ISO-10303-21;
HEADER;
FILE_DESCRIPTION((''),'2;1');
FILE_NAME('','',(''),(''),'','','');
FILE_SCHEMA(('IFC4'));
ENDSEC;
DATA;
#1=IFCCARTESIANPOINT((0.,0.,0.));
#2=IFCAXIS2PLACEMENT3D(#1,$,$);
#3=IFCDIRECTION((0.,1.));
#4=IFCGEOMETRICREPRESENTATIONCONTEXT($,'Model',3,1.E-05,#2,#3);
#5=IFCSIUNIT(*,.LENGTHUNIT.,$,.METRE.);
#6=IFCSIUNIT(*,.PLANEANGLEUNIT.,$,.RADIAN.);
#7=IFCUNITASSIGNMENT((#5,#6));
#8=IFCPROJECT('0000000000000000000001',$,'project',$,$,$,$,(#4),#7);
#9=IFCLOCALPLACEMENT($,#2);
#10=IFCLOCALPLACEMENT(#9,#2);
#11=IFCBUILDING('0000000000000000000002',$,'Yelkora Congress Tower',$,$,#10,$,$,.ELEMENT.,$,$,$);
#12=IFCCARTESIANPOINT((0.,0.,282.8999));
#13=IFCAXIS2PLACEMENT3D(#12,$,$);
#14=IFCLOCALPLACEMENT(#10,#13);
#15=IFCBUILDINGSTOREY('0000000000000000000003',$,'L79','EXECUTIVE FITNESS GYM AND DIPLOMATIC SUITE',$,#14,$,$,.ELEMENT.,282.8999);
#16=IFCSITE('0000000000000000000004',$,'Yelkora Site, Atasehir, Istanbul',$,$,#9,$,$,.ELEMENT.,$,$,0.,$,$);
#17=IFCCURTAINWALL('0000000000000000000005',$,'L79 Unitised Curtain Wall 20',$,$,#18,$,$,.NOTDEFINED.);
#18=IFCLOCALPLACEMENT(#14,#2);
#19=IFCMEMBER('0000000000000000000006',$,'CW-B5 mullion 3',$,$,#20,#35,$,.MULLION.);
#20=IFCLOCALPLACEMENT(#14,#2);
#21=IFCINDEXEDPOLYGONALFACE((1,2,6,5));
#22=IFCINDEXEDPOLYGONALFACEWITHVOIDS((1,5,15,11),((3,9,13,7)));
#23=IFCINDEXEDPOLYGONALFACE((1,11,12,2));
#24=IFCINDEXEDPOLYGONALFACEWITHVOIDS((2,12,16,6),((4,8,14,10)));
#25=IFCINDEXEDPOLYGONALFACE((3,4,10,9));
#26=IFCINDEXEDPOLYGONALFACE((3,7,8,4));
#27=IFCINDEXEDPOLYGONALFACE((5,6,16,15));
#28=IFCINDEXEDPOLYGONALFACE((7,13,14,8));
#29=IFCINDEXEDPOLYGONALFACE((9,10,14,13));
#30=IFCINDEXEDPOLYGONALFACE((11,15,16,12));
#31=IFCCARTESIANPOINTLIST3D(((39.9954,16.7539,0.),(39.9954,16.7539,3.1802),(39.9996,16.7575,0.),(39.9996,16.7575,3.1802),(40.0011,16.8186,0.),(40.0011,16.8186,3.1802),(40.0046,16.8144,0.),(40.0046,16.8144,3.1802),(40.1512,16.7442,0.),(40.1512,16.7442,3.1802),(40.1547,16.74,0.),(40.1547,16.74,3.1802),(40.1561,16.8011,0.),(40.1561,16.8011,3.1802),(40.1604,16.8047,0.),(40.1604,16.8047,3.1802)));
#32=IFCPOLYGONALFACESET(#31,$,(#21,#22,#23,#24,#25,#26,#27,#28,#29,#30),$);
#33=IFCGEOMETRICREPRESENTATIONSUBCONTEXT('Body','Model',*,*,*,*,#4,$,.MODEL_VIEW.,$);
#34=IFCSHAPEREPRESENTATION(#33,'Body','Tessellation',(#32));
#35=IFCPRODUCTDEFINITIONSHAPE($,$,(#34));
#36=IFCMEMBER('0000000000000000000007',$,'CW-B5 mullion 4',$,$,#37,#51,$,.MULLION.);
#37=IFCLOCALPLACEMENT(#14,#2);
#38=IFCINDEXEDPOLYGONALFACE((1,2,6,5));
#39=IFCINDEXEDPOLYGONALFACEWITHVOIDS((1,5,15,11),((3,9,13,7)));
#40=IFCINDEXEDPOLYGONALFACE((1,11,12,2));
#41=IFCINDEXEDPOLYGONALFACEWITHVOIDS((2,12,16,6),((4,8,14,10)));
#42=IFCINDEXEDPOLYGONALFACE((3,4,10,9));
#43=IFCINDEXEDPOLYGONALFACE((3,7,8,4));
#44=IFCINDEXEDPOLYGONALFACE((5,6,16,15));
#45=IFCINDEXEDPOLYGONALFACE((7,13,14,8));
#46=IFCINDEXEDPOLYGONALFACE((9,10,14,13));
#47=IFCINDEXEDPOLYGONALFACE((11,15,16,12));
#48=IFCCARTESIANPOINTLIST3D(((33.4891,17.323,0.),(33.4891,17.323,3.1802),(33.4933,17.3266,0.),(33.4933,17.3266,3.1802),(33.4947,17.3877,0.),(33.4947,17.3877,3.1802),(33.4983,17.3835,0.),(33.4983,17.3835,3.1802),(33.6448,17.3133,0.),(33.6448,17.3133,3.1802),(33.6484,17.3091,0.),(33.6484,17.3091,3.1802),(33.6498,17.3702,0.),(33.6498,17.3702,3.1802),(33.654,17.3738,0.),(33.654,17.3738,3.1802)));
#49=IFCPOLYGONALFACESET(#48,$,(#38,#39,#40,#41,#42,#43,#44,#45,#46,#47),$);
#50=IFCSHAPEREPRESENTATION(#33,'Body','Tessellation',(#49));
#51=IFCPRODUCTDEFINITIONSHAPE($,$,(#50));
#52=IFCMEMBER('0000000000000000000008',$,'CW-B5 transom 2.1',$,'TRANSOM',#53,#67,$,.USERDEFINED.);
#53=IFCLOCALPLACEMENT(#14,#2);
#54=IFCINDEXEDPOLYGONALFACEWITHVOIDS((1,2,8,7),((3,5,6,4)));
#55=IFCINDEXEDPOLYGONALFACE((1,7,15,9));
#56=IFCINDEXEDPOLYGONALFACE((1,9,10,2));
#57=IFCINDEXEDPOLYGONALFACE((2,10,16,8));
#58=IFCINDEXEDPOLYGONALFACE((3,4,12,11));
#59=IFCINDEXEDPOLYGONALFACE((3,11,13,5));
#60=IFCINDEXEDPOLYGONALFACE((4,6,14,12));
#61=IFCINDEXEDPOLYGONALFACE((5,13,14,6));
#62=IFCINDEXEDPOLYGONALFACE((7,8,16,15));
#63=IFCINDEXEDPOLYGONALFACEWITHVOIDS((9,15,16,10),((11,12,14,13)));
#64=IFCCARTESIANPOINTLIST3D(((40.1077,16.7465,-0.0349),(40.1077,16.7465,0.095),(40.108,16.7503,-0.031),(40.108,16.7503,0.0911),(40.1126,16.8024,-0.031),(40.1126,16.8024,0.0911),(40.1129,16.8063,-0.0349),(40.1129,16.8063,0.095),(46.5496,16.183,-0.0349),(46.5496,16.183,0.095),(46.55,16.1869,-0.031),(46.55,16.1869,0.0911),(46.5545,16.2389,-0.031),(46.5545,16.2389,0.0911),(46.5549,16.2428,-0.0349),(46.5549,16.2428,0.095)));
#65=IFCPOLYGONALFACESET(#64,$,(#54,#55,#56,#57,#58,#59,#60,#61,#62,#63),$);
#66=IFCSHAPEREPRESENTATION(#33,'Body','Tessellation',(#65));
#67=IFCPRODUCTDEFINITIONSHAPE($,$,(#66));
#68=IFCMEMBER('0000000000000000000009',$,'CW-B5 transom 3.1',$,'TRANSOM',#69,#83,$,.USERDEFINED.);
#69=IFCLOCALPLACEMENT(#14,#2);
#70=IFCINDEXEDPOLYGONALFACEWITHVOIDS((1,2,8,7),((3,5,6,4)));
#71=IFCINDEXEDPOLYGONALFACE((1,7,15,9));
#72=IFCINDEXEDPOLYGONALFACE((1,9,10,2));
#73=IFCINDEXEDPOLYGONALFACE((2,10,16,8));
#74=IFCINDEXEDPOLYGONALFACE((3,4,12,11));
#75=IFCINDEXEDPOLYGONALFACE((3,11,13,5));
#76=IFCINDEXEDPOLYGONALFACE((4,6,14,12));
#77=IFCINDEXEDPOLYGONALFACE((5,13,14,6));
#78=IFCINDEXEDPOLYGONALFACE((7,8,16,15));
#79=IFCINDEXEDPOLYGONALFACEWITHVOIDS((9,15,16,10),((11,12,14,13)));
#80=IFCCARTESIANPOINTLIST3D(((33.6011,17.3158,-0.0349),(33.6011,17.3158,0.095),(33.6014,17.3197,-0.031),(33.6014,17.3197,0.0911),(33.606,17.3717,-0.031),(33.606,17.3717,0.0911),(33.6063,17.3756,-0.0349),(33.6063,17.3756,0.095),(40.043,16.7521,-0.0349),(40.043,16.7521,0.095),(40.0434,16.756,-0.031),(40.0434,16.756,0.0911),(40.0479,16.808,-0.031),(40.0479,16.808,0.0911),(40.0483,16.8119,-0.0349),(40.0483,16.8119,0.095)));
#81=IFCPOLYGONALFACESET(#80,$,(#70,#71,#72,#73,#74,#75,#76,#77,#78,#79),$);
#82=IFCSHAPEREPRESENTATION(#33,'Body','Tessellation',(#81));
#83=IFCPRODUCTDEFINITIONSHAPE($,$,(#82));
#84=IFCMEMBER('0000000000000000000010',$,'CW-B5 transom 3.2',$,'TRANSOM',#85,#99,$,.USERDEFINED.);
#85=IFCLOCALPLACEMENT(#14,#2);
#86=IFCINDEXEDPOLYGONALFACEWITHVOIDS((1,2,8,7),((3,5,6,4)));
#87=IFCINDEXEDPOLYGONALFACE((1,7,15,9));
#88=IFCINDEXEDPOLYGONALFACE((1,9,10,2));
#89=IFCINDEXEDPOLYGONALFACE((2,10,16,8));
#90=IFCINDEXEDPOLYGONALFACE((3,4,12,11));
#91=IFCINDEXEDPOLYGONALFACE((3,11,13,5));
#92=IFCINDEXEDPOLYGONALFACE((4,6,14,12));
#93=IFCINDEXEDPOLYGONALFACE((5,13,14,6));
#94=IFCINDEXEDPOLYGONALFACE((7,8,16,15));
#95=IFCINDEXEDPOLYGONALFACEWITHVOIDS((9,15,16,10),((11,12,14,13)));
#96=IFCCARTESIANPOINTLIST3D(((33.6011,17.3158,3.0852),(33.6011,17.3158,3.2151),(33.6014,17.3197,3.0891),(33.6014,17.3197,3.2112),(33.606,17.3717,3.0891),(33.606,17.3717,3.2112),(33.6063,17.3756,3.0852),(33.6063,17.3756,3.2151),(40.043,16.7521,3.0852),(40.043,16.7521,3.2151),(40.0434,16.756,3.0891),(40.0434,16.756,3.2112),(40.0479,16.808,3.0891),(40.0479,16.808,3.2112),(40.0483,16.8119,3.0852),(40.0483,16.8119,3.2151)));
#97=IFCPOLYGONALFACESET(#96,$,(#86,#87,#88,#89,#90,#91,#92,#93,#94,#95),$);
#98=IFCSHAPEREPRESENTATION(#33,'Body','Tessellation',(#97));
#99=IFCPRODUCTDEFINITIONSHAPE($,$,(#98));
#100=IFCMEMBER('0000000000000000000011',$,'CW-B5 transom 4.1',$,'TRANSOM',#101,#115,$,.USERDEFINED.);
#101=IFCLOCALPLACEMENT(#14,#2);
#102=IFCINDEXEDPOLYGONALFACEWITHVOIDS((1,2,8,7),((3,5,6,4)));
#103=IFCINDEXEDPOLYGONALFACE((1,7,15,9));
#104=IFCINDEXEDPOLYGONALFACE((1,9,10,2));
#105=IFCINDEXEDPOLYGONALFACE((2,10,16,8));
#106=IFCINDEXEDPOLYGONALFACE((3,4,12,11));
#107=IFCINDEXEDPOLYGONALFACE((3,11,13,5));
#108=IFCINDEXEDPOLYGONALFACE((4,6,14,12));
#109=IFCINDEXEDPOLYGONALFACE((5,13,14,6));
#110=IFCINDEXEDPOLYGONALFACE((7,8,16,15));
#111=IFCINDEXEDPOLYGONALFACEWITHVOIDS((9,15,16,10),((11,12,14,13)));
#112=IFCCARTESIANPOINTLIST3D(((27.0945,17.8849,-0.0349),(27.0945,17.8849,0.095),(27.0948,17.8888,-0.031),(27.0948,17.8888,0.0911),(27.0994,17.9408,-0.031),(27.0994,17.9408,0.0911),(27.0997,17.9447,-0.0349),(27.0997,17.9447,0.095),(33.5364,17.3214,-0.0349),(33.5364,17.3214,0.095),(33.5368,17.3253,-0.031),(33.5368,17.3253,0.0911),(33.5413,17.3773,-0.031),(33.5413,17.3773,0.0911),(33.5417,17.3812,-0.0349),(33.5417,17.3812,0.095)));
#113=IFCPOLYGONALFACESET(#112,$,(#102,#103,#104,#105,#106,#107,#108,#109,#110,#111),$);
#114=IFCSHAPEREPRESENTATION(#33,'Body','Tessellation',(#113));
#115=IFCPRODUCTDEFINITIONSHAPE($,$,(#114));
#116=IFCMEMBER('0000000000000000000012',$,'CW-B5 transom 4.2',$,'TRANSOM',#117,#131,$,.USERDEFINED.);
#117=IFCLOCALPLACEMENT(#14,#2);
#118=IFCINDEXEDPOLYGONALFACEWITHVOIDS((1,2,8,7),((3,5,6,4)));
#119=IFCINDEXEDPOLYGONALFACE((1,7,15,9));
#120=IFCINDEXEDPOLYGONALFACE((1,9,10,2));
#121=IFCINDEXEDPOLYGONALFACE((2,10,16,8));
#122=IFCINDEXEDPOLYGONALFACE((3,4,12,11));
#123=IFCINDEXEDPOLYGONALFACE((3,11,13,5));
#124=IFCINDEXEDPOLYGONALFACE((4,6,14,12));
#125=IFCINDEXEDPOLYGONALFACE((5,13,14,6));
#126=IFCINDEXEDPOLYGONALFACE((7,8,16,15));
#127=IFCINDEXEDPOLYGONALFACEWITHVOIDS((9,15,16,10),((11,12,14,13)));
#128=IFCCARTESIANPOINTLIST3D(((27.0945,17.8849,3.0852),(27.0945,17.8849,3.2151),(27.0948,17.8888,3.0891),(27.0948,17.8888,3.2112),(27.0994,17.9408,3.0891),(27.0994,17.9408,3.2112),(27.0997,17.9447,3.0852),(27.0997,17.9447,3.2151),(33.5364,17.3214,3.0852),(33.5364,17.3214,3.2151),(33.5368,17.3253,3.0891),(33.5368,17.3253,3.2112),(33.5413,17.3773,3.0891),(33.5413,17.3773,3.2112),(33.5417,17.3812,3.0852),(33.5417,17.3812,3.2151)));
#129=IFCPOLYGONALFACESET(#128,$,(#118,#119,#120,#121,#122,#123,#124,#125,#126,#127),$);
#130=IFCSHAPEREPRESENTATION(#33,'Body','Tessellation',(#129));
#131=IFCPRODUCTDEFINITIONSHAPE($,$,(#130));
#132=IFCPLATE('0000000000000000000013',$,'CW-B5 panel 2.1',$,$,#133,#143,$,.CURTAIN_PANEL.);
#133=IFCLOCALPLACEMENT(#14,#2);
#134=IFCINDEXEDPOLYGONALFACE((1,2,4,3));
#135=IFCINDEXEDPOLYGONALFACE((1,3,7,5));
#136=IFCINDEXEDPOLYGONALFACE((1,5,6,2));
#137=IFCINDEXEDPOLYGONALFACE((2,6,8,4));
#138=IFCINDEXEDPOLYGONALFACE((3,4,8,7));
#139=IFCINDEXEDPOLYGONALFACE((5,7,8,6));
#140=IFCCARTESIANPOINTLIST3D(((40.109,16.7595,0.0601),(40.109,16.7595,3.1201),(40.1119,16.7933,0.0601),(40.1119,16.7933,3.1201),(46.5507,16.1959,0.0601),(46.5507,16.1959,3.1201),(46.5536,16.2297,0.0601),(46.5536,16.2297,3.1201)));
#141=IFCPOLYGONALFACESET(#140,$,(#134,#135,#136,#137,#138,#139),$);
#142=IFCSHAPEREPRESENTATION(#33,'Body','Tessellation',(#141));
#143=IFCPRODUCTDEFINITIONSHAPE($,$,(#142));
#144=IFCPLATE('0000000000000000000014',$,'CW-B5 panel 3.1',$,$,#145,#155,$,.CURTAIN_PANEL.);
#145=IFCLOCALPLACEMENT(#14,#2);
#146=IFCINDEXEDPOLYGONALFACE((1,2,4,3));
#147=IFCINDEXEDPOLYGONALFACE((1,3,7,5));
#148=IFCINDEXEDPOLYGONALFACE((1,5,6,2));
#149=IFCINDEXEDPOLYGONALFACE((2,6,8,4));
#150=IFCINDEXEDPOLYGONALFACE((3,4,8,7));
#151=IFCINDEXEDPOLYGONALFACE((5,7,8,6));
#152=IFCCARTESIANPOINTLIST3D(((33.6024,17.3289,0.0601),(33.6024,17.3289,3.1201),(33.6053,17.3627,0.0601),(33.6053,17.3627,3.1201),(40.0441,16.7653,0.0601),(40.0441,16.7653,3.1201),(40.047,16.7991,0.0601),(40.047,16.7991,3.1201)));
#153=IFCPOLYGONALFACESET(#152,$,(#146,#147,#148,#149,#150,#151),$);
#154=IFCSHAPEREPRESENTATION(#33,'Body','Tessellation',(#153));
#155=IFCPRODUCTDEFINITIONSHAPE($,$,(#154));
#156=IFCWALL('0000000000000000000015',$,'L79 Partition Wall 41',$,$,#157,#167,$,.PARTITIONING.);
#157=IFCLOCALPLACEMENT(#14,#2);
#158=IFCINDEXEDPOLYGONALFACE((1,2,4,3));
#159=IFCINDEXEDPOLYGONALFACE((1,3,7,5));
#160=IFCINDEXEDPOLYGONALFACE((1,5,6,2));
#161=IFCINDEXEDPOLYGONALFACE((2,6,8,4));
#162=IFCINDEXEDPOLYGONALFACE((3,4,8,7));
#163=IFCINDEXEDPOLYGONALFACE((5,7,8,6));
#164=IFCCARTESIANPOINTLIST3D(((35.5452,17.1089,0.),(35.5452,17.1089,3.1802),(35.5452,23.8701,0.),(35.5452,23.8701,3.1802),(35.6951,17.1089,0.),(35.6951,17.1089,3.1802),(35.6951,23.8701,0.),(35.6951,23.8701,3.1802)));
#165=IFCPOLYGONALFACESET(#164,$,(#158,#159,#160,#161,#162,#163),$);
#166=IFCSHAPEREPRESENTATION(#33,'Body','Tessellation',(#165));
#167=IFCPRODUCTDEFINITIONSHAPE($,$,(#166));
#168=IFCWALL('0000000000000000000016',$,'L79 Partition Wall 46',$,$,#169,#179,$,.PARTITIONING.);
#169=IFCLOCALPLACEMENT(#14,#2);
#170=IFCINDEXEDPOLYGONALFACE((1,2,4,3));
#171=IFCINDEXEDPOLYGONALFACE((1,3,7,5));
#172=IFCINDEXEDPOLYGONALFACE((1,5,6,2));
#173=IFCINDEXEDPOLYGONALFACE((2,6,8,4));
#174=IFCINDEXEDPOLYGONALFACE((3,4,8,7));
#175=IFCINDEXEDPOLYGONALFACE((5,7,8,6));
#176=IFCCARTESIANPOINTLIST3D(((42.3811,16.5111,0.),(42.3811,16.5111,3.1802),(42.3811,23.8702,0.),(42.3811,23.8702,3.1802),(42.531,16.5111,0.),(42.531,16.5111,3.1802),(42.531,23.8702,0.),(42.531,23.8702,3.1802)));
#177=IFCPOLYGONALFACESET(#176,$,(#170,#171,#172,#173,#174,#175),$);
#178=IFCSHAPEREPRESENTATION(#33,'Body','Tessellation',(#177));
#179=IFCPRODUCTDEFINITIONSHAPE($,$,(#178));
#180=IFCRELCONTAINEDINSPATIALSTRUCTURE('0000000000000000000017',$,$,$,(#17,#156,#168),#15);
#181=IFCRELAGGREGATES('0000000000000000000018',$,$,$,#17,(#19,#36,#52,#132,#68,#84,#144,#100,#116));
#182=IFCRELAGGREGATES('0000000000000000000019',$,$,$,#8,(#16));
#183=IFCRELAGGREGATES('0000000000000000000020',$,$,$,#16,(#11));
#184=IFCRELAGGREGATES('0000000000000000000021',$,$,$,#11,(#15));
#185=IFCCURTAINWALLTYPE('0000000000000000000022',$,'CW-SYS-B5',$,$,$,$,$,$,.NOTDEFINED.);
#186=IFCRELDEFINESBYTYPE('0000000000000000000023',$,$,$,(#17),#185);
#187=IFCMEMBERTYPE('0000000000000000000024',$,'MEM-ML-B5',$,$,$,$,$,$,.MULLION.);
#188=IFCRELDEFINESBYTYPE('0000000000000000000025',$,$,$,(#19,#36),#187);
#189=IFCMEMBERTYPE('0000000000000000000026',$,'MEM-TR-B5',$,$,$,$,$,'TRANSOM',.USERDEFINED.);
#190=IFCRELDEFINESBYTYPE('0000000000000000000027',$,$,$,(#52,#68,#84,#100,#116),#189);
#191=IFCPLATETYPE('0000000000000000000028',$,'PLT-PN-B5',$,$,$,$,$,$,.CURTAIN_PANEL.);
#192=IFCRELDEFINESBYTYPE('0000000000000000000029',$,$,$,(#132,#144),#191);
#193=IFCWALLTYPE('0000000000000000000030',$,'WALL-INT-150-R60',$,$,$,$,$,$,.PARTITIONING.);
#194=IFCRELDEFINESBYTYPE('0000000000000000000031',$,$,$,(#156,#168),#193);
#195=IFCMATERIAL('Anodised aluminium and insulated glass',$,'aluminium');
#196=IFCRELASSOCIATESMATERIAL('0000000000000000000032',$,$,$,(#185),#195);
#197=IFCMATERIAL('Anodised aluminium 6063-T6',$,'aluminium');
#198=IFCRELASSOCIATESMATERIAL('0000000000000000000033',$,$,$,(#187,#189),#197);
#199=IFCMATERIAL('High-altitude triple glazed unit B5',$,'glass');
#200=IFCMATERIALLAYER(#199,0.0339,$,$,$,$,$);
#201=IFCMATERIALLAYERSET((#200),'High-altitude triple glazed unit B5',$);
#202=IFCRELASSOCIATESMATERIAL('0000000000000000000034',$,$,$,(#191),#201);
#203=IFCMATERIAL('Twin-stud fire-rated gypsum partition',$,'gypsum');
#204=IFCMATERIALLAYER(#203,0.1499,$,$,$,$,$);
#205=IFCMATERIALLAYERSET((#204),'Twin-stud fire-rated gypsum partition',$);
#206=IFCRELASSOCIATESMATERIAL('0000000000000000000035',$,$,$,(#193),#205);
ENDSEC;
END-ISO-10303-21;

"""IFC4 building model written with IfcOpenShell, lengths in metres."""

from ifc_helpers import new_model, si_unit, direction, frame, frame_2d, origin, origin_2d, place, context, subcontext, project, spatial, rectangle, hollow_rectangle, extrude, material, layer, layer_set, material_profile, profile_set, type_object, element, aggregate, save


model = new_model("IFC4")

# Units and contexts
model_context = context("Model", 3, precision=1e-05, world=origin(), true_north=direction((0.0, 1.0)))
body_context = subcontext(model_context, "Body", "Model", "MODEL_VIEW")
ifc_project = project(units=[si_unit("LENGTHUNIT", "METRE"), si_unit("PLANEANGLEUNIT", "RADIAN")], contexts=[model_context])

# Site, building, storey
site_placement = place(None, origin())
site = spatial("IfcSite", under=ifc_project, at=site_placement, Name="Yelkora Site, Atasehir, Istanbul", CompositionType="ELEMENT", RefElevation=0.0)
building_placement = place(site_placement, origin())
building = spatial("IfcBuilding", under=site, at=building_placement, Name="Yelkora Congress Tower", CompositionType="ELEMENT")
storey_placement = place(building_placement, frame((0.0, 0.0, 282.8999)))
storey = spatial("IfcBuildingStorey", under=building, at=storey_placement, Name="L79", Description="EXECUTIVE FITNESS GYM AND DIPLOMATIC SUITE", CompositionType="ELEMENT", Elevation=282.8999)

# Curtain wall, members, plates
ifc_material_1 = material(Name="Anodised aluminium and insulated glass", Category="aluminium")
curtain_wall_type = type_object("IfcCurtainWallType", Name="CW-SYS-B5", PredefinedType="NOTDEFINED", material=ifc_material_1)
curtain_wall_placement = place(storey_placement, origin())
curtain_wall = element("IfcCurtainWall", 1, at=curtain_wall_placement, inside=storey, type_object=curtain_wall_type, Name="L79 Unitised Curtain Wall 20", PredefinedType="NOTDEFINED")
ifc_material_2 = material(Name="Anodised aluminium 6063-T6", Category="aluminium")
ifc_material_profile_1 = material_profile(ifc_material_2, hollow_rectangle(XDim=0.0649, YDim=0.1599, WallThickness=0.0039, at=origin_2d()), Name="ALU 65x160x4")
ifc_profile_set_1 = profile_set([ifc_material_profile_1], Name="Anodised aluminium 6063-T6")
member_type_1 = type_object("IfcMemberType", Name="MEM-ML-B5", PredefinedType="MULLION", material=ifc_profile_set_1)
member_1_placement = place(storey_placement, frame((40.0779, 16.7793, 0.0), z_axis=(0.0, 0.0, 1.0), x_axis=(-0.087157, -0.996195, 0.0)))
member_1 = element("IfcMember", 2, at=member_1_placement, type_object=member_type_1, Name="CW-B5 mullion 3", PredefinedType="MULLION", context=body_context, shape_type="SweptSolid", body=[
    extrude(hollow_rectangle(XDim=0.0649, YDim=0.1599, WallThickness=0.0039, at=origin_2d()), origin(), (0.0, 0.0, 1.0), 3.1802),
])
member_2_placement = place(storey_placement, frame((33.5715, 17.3484, 0.0), z_axis=(0.0, 0.0, 1.0), x_axis=(-0.087157, -0.996195, 0.0)))
member_2 = element("IfcMember", 3, at=member_2_placement, type_object=member_type_1, Name="CW-B5 mullion 4", PredefinedType="MULLION", context=body_context, shape_type="SweptSolid", body=[
    extrude(hollow_rectangle(XDim=0.0649, YDim=0.1599, WallThickness=0.0039, at=origin_2d()), origin(), (0.0, 0.0, 1.0), 3.1802),
])
ifc_material_profile_2 = material_profile(ifc_material_2, hollow_rectangle(XDim=0.0601, YDim=0.1299, WallThickness=0.0039, at=origin_2d()), Name="ALU 60x130x4")
ifc_profile_set_2 = profile_set([ifc_material_profile_2], Name="Anodised aluminium 6063-T6")
member_type_2 = type_object("IfcMemberType", Name="MEM-TR-B5", ElementType="TRANSOM", PredefinedType="USERDEFINED", material=ifc_profile_set_2)
member_3_placement = place(storey_placement, frame((46.5522, 16.2129, 0.03), z_axis=(-0.996196, 0.087138, 0.0), x_axis=(-0.087138, -0.996196, 0.0)))
member_3 = element("IfcMember", 4, at=member_3_placement, type_object=member_type_2, Name="CW-B5 transom 2.1", ObjectType="TRANSOM", PredefinedType="USERDEFINED", context=body_context, shape_type="SweptSolid", body=[
    extrude(hollow_rectangle(XDim=0.0601, YDim=0.1299, WallThickness=0.0039, at=origin_2d()), origin(), (0.0, 0.0, 1.0), 6.4666),
])
member_4_placement = place(storey_placement, frame((40.0457, 16.782, 0.03), z_axis=(-0.996193, 0.087175, 0.0), x_axis=(-0.087175, -0.996193, 0.0)))
member_4 = element("IfcMember", 5, at=member_4_placement, type_object=member_type_2, Name="CW-B5 transom 3.1", ObjectType="TRANSOM", PredefinedType="USERDEFINED", context=body_context, shape_type="SweptSolid", body=[
    extrude(hollow_rectangle(XDim=0.0601, YDim=0.1299, WallThickness=0.0039, at=origin_2d()), origin(), (0.0, 0.0, 1.0), 6.4666),
])
member_5_placement = place(storey_placement, frame((40.0457, 16.782, 3.1501), z_axis=(-0.996193, 0.087175, 0.0), x_axis=(-0.087175, -0.996193, 0.0)))
member_5 = element("IfcMember", 6, at=member_5_placement, type_object=member_type_2, Name="CW-B5 transom 3.2", ObjectType="TRANSOM", PredefinedType="USERDEFINED", context=body_context, shape_type="SweptSolid", body=[
    extrude(hollow_rectangle(XDim=0.0601, YDim=0.1299, WallThickness=0.0039, at=origin_2d()), origin(), (0.0, 0.0, 1.0), 6.4666),
])
member_6_placement = place(storey_placement, frame((33.5391, 17.3513, 0.03), z_axis=(-0.996196, 0.087138, 0.0), x_axis=(-0.087138, -0.996196, 0.0)))
member_6 = element("IfcMember", 7, at=member_6_placement, type_object=member_type_2, Name="CW-B5 transom 4.1", ObjectType="TRANSOM", PredefinedType="USERDEFINED", context=body_context, shape_type="SweptSolid", body=[
    extrude(hollow_rectangle(XDim=0.0601, YDim=0.1299, WallThickness=0.0039, at=origin_2d()), origin(), (0.0, 0.0, 1.0), 6.4666),
])
member_7_placement = place(storey_placement, frame((33.5391, 17.3513, 3.1501), z_axis=(-0.996196, 0.087138, 0.0), x_axis=(-0.087138, -0.996196, 0.0)))
member_7 = element("IfcMember", 8, at=member_7_placement, type_object=member_type_2, Name="CW-B5 transom 4.2", ObjectType="TRANSOM", PredefinedType="USERDEFINED", context=body_context, shape_type="SweptSolid", body=[
    extrude(hollow_rectangle(XDim=0.0601, YDim=0.1299, WallThickness=0.0039, at=origin_2d()), origin(), (0.0, 0.0, 1.0), 6.4666),
])
ifc_material_3 = material(Name="High-altitude triple glazed unit B5", Category="glass")
ifc_layer_1 = layer(ifc_material_3, 0.0339)
ifc_layer_set_1 = layer_set([ifc_layer_1], Name="High-altitude triple glazed unit B5")
plate_type = type_object("IfcPlateType", Name="PLT-PN-B5", PredefinedType="CURTAIN_PANEL", material=ifc_layer_set_1)
plate_1_placement = place(storey_placement, frame((43.3313, 16.4946, 0.0601), z_axis=(0.0, 0.0, 1.0), x_axis=(-0.996195, 0.087157, 0.0)))
plate_1 = element("IfcPlate", 9, at=plate_1_placement, type_object=plate_type, Name="CW-B5 panel 2.1", PredefinedType="CURTAIN_PANEL", context=body_context, shape_type="SweptSolid", body=[
    extrude(rectangle(XDim=6.4663, YDim=0.0339, at=origin_2d()), origin(), (0.0, 0.0, 1.0), 3.0601),
])
plate_2_placement = place(storey_placement, frame((36.8247, 17.064, 0.0601), z_axis=(0.0, 0.0, 1.0), x_axis=(-0.996195, 0.087157, 0.0)))
plate_2 = element("IfcPlate", 10, at=plate_2_placement, type_object=plate_type, Name="CW-B5 panel 3.1", PredefinedType="CURTAIN_PANEL", context=body_context, shape_type="SweptSolid", body=[
    extrude(rectangle(XDim=6.4663, YDim=0.0339, at=origin_2d()), origin(), (0.0, 0.0, 1.0), 3.0601),
])
aggregate(curtain_wall, [member_1, member_2, member_3, plate_1, member_4, member_5, plate_2, member_6, member_7])

# Walls
ifc_material_4 = material(Name="Twin-stud fire-rated gypsum partition", Category="gypsum")
ifc_layer_2 = layer(ifc_material_4, 0.1499)
ifc_layer_set_2 = layer_set([ifc_layer_2], Name="Twin-stud fire-rated gypsum partition")
wall_type = type_object("IfcWallType", Name="WALL-INT-150-R60", PredefinedType="PARTITIONING", material=ifc_layer_set_2)
wall_1_placement = place(storey_placement, frame((35.6201, 17.1089, 0.0), z_axis=(0.0, 0.0, 1.0), x_axis=(0.0, 1.0, 0.0)))
element("IfcWall", 11, at=wall_1_placement, inside=storey, type_object=wall_type, Name="L79 Partition Wall 41", PredefinedType="PARTITIONING", context=body_context, shape_type="SweptSolid", body=[
    extrude(rectangle(XDim=6.7612, YDim=0.1499, at=frame_2d((3.3806, 0.0))), origin(), (0.0, 0.0, 1.0), 3.1802),
])
wall_2_placement = place(storey_placement, frame((42.4561, 16.511, 0.0), z_axis=(0.0, 0.0, 1.0), x_axis=(0.0, 1.0, 0.0)))
element("IfcWall", 12, at=wall_2_placement, inside=storey, type_object=wall_type, Name="L79 Partition Wall 46", PredefinedType="PARTITIONING", context=body_context, shape_type="SweptSolid", body=[
    extrude(rectangle(XDim=7.3591, YDim=0.1499, at=frame_2d((3.6797, 0.0))), origin(), (0.0, 0.0, 1.0), 3.1802),
])

save(model, "model.ifc")
